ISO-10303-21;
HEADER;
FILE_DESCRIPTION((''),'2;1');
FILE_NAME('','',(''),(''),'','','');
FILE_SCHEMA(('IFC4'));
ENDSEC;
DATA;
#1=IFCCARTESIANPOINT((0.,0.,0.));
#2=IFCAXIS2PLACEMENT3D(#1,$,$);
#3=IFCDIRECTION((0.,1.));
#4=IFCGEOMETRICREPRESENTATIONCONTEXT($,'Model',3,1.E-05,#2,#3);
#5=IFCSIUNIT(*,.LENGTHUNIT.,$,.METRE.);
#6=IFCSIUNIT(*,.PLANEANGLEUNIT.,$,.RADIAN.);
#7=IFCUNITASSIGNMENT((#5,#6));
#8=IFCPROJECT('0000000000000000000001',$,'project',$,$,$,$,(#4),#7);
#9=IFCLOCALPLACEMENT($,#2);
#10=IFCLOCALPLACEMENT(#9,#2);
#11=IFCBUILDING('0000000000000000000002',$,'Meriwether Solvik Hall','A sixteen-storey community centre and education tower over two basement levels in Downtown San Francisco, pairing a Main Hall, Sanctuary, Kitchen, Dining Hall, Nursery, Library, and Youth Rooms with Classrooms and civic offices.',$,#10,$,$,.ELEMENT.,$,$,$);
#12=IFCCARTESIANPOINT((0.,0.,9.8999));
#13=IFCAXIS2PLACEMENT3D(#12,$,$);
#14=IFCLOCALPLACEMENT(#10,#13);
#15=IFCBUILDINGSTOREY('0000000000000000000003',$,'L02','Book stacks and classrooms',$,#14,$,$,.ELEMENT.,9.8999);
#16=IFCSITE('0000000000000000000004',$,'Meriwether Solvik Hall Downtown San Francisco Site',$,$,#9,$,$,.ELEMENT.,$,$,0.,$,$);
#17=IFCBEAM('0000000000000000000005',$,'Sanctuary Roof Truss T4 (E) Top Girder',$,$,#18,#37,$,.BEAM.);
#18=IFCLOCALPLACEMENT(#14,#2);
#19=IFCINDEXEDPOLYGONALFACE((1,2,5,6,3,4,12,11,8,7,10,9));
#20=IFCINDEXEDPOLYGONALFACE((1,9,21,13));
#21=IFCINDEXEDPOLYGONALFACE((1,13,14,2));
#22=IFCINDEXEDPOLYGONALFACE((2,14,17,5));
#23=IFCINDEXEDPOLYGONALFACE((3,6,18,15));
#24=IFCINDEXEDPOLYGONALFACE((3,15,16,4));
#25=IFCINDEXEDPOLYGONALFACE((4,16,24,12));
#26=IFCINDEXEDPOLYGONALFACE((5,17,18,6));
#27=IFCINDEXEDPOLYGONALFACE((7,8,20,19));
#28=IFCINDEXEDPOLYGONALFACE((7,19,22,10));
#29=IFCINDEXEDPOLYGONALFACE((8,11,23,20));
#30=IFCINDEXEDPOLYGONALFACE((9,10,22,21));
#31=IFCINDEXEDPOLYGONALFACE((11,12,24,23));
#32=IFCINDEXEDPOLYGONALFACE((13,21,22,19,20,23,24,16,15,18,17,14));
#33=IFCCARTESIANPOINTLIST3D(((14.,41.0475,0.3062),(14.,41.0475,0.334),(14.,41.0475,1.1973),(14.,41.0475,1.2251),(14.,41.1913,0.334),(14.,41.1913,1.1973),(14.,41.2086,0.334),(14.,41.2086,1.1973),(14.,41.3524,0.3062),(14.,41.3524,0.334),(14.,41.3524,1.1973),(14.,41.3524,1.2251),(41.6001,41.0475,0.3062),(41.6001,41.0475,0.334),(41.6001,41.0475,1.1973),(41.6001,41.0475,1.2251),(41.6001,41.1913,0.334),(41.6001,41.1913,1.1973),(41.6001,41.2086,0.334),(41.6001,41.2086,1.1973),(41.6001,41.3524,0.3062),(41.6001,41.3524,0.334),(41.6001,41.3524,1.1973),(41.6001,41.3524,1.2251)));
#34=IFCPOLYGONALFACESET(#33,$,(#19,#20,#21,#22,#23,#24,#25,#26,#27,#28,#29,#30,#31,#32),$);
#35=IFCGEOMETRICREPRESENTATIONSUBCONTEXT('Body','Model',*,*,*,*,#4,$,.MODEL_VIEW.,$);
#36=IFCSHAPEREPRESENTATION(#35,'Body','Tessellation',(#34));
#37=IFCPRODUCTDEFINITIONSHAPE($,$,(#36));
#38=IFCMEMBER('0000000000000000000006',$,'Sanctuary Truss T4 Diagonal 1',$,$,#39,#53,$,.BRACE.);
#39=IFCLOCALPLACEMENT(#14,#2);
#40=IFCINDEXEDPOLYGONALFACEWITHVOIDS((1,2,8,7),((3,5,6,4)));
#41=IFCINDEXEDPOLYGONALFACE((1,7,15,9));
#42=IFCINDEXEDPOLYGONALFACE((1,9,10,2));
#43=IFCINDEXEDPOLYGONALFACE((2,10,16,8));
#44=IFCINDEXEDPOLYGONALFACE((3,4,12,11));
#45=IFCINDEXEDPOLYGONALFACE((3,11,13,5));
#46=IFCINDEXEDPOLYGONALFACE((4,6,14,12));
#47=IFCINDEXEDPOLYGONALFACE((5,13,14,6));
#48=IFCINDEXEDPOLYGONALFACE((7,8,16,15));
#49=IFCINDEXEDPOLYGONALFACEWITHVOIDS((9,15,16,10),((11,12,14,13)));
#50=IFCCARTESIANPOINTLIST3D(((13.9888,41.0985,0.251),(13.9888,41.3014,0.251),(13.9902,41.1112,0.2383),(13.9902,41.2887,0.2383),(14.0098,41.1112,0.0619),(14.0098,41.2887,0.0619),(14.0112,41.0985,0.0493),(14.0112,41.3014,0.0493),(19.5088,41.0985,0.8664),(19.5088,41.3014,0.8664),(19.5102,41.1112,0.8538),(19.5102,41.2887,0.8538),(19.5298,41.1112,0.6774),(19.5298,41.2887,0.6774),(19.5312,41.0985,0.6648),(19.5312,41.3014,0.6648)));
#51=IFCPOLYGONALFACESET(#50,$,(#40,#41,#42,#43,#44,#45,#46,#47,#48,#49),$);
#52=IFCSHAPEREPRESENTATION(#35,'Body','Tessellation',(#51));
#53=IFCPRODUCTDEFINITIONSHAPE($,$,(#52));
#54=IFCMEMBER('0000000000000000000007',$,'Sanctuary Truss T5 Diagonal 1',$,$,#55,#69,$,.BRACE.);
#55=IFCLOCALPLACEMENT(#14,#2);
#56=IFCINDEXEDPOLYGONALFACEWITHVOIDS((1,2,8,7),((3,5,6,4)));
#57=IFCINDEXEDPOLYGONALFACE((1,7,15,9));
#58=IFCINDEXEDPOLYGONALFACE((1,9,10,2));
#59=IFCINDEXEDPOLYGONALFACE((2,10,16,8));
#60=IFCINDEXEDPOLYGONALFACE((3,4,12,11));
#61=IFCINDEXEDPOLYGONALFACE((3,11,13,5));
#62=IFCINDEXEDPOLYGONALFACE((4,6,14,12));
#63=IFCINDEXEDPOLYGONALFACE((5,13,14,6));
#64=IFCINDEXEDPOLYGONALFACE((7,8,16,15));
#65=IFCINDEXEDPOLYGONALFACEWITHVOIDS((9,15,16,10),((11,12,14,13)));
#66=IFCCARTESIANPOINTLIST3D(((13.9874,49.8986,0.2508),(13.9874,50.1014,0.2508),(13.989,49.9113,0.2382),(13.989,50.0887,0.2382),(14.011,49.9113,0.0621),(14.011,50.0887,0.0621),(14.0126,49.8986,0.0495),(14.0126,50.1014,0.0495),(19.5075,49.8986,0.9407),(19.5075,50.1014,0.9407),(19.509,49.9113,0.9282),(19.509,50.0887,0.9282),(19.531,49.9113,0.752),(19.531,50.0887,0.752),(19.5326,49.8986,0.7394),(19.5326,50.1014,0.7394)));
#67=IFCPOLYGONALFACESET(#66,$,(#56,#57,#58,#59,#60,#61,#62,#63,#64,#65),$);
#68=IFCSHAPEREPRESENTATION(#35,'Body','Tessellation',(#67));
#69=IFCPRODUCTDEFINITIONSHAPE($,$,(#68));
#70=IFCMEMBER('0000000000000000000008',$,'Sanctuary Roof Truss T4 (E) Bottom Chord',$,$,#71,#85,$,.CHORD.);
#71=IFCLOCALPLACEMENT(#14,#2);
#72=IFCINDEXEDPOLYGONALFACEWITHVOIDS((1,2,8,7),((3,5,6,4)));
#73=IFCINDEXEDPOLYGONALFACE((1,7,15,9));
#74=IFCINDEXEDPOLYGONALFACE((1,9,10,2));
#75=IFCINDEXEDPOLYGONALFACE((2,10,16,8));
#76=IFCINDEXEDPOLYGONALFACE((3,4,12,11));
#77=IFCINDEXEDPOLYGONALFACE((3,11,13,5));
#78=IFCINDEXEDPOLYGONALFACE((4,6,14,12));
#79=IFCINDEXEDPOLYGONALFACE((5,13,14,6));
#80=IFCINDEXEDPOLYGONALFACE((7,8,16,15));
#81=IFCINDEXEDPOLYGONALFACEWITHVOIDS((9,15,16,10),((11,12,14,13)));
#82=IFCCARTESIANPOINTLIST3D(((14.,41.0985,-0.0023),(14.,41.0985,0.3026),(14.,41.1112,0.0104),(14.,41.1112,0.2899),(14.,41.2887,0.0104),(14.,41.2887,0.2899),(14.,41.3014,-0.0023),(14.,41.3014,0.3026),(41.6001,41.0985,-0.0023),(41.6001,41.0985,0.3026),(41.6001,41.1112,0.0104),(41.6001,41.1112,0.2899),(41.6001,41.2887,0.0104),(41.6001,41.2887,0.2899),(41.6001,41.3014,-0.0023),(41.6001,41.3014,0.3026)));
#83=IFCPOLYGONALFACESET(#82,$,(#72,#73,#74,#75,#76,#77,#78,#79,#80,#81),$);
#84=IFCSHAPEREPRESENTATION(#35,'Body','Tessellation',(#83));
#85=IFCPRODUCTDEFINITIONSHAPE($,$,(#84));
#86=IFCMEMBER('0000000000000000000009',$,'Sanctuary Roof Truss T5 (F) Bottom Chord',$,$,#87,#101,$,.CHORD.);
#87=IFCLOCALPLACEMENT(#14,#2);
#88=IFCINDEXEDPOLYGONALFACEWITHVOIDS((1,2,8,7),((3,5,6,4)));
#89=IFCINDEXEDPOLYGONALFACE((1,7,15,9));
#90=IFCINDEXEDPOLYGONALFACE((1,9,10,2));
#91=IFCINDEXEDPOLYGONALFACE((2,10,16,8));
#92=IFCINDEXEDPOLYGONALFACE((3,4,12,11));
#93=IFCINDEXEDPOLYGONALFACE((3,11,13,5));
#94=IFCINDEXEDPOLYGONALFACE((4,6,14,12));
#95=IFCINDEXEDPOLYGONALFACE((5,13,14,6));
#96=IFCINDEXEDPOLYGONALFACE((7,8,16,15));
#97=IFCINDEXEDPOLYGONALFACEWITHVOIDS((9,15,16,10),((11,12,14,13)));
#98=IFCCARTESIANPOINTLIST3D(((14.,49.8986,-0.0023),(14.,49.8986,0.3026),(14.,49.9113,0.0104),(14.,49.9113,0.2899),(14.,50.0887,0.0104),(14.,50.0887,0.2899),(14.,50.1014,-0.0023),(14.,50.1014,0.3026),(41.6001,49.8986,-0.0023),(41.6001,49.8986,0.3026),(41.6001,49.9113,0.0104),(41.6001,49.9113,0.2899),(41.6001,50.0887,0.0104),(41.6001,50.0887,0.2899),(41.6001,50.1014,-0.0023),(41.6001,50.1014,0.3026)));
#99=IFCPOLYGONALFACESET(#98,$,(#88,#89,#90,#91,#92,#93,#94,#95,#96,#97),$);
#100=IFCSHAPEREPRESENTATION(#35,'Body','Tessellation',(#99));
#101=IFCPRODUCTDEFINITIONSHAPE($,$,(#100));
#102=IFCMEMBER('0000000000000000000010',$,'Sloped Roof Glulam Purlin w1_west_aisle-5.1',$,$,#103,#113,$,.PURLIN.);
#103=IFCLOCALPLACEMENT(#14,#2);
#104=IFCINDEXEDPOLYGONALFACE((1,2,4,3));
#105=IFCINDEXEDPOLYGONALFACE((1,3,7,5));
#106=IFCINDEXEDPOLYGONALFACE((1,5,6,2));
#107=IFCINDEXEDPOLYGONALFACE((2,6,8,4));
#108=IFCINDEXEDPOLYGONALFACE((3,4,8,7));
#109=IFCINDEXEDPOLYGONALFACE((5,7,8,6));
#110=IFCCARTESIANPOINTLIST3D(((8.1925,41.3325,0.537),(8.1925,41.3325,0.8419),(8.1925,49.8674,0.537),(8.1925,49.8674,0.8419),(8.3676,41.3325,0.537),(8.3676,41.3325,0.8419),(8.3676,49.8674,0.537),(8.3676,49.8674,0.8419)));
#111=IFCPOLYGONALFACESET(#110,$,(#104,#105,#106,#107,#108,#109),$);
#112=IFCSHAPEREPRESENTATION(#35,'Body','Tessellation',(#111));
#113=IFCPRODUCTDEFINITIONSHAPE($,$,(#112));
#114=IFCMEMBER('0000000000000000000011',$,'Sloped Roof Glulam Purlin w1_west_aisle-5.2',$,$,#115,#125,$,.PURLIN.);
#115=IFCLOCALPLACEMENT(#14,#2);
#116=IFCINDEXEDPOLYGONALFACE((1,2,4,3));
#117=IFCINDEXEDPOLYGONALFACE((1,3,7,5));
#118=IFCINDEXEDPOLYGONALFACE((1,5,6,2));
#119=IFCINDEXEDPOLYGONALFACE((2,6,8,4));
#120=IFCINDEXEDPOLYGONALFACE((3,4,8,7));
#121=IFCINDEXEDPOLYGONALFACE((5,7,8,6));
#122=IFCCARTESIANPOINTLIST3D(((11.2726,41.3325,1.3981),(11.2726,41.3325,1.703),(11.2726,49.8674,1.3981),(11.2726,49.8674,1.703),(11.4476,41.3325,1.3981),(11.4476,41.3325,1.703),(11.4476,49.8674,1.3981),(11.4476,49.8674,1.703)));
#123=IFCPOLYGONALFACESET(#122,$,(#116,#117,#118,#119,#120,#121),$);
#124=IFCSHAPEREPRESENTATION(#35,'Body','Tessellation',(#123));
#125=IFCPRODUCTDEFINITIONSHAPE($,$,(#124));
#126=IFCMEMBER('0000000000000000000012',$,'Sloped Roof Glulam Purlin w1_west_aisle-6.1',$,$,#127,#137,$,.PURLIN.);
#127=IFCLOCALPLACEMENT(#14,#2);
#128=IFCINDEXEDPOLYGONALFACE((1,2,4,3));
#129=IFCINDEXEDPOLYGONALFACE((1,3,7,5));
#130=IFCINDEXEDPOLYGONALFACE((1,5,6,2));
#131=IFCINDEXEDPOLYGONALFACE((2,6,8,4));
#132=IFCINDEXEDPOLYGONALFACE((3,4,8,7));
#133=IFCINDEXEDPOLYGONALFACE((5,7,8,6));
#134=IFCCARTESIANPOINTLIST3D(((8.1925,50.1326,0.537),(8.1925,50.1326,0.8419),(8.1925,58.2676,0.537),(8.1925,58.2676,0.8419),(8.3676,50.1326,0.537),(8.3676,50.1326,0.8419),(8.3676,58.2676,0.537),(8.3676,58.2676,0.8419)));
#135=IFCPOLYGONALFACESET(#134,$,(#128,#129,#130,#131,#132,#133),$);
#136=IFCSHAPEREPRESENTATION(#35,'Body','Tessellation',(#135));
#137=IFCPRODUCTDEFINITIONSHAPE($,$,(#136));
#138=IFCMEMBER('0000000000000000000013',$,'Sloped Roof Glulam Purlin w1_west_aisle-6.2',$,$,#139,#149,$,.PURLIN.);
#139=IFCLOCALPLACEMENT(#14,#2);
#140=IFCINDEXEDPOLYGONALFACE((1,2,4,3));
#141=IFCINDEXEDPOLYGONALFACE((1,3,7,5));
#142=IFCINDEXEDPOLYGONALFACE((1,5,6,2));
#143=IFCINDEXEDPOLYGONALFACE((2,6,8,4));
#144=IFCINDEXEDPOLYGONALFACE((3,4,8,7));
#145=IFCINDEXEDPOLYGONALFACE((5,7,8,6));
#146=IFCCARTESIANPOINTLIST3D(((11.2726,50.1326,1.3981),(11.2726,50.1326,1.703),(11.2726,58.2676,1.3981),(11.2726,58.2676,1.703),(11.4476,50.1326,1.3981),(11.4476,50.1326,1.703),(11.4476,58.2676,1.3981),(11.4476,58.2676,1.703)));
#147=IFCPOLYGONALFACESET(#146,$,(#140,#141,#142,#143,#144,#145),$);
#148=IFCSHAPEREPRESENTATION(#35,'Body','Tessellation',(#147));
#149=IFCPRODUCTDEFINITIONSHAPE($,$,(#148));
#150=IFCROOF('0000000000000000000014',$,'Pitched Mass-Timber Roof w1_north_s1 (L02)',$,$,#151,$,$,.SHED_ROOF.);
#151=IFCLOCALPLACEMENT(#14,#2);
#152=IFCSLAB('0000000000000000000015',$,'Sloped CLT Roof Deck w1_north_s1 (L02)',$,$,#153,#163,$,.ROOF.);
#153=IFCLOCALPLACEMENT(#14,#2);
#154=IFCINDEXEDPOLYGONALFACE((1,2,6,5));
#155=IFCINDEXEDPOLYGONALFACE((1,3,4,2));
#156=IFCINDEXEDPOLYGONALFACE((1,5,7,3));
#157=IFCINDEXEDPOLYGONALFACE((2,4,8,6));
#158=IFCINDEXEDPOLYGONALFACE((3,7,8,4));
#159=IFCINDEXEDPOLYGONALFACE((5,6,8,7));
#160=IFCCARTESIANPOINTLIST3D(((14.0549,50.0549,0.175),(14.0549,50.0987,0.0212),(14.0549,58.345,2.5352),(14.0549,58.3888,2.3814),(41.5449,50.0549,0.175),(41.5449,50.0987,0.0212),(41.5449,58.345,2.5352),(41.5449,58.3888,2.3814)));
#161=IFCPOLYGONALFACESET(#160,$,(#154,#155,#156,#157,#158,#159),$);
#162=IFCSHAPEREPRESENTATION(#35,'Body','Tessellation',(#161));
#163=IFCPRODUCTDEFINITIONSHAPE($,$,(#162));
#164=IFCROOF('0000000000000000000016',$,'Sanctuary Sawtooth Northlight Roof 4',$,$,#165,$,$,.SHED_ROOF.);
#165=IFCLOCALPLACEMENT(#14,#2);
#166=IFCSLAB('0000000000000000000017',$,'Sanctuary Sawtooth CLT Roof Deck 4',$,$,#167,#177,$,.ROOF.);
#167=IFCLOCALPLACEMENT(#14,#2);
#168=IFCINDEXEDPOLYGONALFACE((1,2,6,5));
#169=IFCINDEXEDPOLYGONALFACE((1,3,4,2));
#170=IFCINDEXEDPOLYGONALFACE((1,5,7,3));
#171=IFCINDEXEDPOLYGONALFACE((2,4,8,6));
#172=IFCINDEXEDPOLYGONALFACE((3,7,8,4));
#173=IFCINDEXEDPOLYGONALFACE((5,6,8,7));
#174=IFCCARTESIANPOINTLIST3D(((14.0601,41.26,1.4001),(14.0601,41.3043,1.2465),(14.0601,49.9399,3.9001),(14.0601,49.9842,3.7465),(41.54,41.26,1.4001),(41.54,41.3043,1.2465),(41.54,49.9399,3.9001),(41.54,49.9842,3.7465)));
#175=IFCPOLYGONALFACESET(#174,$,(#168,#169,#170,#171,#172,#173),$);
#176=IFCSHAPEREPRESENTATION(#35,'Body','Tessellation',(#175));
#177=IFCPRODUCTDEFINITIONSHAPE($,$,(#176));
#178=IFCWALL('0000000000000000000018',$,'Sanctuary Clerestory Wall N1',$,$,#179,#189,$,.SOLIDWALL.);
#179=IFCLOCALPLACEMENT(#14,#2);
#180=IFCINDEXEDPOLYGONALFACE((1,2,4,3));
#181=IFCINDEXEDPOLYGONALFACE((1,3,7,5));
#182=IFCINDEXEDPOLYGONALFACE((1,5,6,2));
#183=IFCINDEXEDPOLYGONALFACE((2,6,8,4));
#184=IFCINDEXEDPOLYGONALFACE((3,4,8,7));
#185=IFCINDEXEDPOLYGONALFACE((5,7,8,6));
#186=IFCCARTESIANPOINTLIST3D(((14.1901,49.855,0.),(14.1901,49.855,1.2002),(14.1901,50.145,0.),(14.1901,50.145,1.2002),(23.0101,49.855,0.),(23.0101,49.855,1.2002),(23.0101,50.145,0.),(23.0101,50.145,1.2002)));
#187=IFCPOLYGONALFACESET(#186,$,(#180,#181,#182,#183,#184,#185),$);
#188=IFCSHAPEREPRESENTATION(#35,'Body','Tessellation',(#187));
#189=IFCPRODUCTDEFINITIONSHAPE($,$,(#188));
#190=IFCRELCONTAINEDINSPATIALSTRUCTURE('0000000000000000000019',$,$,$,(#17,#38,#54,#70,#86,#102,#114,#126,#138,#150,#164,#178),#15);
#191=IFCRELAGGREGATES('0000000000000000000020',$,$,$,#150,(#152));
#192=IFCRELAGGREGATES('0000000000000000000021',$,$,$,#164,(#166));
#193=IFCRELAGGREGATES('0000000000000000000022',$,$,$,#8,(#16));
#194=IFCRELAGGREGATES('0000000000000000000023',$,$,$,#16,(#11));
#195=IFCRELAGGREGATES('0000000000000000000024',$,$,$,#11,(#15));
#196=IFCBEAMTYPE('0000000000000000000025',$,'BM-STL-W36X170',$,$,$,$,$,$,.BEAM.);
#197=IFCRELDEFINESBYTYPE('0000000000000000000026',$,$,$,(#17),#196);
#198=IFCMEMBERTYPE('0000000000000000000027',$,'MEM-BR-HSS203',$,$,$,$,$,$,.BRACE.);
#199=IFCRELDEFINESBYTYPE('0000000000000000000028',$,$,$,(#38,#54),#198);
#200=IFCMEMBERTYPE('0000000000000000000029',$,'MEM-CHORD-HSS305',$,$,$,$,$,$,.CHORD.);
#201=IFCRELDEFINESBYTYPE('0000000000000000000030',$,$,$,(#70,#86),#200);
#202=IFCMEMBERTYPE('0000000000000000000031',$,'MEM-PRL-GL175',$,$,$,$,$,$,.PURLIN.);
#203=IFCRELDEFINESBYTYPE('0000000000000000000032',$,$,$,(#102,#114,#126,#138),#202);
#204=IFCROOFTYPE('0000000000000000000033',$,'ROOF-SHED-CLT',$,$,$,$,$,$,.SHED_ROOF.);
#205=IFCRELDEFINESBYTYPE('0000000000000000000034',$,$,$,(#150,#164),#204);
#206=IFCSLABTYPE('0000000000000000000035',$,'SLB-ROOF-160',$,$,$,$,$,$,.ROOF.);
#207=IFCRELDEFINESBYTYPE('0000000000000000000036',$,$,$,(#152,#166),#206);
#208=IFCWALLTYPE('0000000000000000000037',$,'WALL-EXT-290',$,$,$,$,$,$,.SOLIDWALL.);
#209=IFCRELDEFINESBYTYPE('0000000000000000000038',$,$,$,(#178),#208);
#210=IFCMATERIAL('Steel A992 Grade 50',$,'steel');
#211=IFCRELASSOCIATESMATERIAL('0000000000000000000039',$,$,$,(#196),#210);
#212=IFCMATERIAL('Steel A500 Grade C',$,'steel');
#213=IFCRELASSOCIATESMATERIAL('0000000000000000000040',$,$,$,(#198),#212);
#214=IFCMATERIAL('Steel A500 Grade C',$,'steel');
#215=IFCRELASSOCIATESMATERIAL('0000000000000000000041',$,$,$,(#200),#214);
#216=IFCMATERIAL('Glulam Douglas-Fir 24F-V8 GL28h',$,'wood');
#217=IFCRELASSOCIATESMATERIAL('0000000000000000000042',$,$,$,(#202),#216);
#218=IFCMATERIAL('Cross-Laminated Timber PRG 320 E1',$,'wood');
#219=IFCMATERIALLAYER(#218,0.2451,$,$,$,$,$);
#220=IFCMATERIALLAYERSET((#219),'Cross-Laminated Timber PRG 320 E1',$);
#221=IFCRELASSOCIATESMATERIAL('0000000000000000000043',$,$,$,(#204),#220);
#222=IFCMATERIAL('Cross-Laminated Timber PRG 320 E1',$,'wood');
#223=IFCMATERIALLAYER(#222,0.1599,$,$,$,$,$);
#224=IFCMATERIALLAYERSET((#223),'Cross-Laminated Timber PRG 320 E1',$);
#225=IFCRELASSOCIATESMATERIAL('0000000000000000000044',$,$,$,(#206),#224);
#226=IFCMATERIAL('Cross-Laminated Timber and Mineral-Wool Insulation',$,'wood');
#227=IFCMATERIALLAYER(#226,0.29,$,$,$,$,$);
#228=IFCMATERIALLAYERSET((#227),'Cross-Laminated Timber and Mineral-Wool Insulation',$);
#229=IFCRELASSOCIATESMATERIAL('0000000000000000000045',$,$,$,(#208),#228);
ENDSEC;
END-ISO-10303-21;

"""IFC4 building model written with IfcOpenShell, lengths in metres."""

from ifc_helpers import new_model, si_unit, direction, frame, frame_2d, origin, origin_2d, place, context, subcontext, project, spatial, polyline, rectangle, hollow_rectangle, i_section, outline, extrude, material, layer, layer_set, material_profile, profile_set, type_object, element, aggregate, save


model = new_model("IFC4")

# Units and contexts
model_context = context("Model", 3, precision=1e-05, world=origin(), true_north=direction((0.0, 1.0)))
body_context = subcontext(model_context, "Body", "Model", "MODEL_VIEW")
ifc_project = project(units=[si_unit("LENGTHUNIT", "METRE"), si_unit("PLANEANGLEUNIT", "RADIAN")], contexts=[model_context])

# Site, building, storey
site_placement = place(None, origin())
site = spatial("IfcSite", under=ifc_project, at=site_placement, Name="Meriwether Solvik Hall Downtown San Francisco Site", CompositionType="ELEMENT", RefElevation=0.0)
building_placement = place(site_placement, origin())
building = spatial("IfcBuilding", under=site, at=building_placement, Name="Meriwether Solvik Hall", Description="A sixteen-storey community centre and education tower over two basement levels in Downtown San Francisco, pairing a Main Hall, Sanctuary, Kitchen, Dining Hall, Nursery, Library, and Youth Rooms with Classrooms and civic offices.", CompositionType="ELEMENT")
storey_placement = place(building_placement, frame((0.0, 0.0, 9.8999)))
storey = spatial("IfcBuildingStorey", under=building, at=storey_placement, Name="L02", Description="Book stacks and classrooms", CompositionType="ELEMENT", Elevation=9.8999)

# Beam
ifc_material_1 = material(Name="Steel A992 Grade 50", Category="steel")
ifc_material_profile_1 = material_profile(ifc_material_1, i_section(OverallWidth=0.3049, OverallDepth=0.9189, WebThickness=0.0173, FlangeThickness=0.0278, at=origin_2d()), Name="W36X170")
ifc_profile_set_1 = profile_set([ifc_material_profile_1], Name="Steel A992 Grade 50")
beam_type_1 = type_object("IfcBeamType", Name="BM-STL-W36X170", PredefinedType="BEAM", material=ifc_profile_set_1)
beam_1_placement = place(storey_placement, frame((14.0, 41.2, 0.7656), z_axis=(1.0, 0.0, 0.0), x_axis=(0.0, 1.0, 0.0)))
element("IfcBeam", 1, at=beam_1_placement, inside=storey, type_object=beam_type_1, Name="Sanctuary Roof Truss T4 (E) Top Girder", PredefinedType="BEAM", context=body_context, shape_type="SweptSolid", body=[
    extrude(i_section(OverallWidth=0.3049, OverallDepth=0.9189, WebThickness=0.0173, FlangeThickness=0.0278, at=origin_2d()), origin(), (0.0, 0.0, 1.0), 27.6001),
])

# Members
ifc_material_2 = material(Name="Steel A500 Grade C", Category="steel")
ifc_material_profile_2 = material_profile(ifc_material_2, hollow_rectangle(XDim=0.2029, YDim=0.2029, WallThickness=0.0127, at=origin_2d()), Name="HSS203X203X12.7")
ifc_profile_set_2 = profile_set([ifc_material_profile_2], Name="Steel A500 Grade C")
member_type_1 = type_object("IfcMemberType", Name="MEM-BR-HSS203", PredefinedType="BRACE", material=ifc_profile_set_2)
member_1_placement = place(storey_placement, frame((14.0, 41.2, 0.1501), z_axis=(0.993841, 0.0, 0.110813), x_axis=(0.0, 1.0, 0.0)))
element("IfcMember", 2, at=member_1_placement, inside=storey, type_object=member_type_1, Name="Sanctuary Truss T4 Diagonal 1", PredefinedType="BRACE", context=body_context, shape_type="SweptSolid", body=[
    extrude(hollow_rectangle(XDim=0.2029, YDim=0.2029, WallThickness=0.0127, at=origin_2d()), origin(), (0.0, 0.0, 1.0), 5.5542),
])
member_2_placement = place(storey_placement, frame((14.0, 50.0, 0.1501), z_axis=(0.992279, 0.0, 0.124024), x_axis=(0.0, 1.0, 0.0)))
element("IfcMember", 3, at=member_2_placement, inside=storey, type_object=member_type_1, Name="Sanctuary Truss T5 Diagonal 1", PredefinedType="BRACE", context=body_context, shape_type="SweptSolid", body=[
    extrude(hollow_rectangle(XDim=0.2029, YDim=0.2029, WallThickness=0.0127, at=origin_2d()), origin(), (0.0, 0.0, 1.0), 5.563),
])
ifc_material_3 = material(Name="Steel A500 Grade C", Category="steel")
ifc_material_profile_3 = material_profile(ifc_material_3, hollow_rectangle(XDim=0.2029, YDim=0.3049, WallThickness=0.0127, at=origin_2d()), Name="HSS305X203X12.7")
ifc_profile_set_3 = profile_set([ifc_material_profile_3], Name="Steel A500 Grade C")
member_type_2 = type_object("IfcMemberType", Name="MEM-CHORD-HSS305", PredefinedType="CHORD", material=ifc_profile_set_3)
for number, where, z_axis, x_axis, name in (
    (4, (14.0, 41.2, 0.1501), (1.0, 0.0, 0.0), (0.0, 1.0, 0.0), "Sanctuary Roof Truss T4 (E) Bottom Chord"),
    (5, (14.0, 50.0, 0.1501), (1.0, 0.0, 0.0), (0.0, 1.0, 0.0), "Sanctuary Roof Truss T5 (F) Bottom Chord"),
):
    element("IfcMember", number, at=place(storey_placement, frame(where, z_axis=z_axis, x_axis=x_axis)), inside=storey, type_object=member_type_2, Name=name, PredefinedType="CHORD", context=body_context, shape_type="SweptSolid", body=[
        extrude(hollow_rectangle(XDim=0.2029, YDim=0.3049, WallThickness=0.0127, at=origin_2d()), origin(), (0.0, 0.0, 1.0), 27.6001),
    ])
ifc_material_4 = material(Name="Glulam Douglas-Fir 24F-V8 GL28h", Category="wood")
ifc_material_profile_4 = material_profile(ifc_material_4, rectangle(XDim=0.175, YDim=0.3049, at=origin_2d()), Name="GLM-175X305")
ifc_profile_set_4 = profile_set([ifc_material_profile_4], Name="Glulam Douglas-Fir 24F-V8 GL28h")
member_type_3 = type_object("IfcMemberType", Name="MEM-PRL-GL175", PredefinedType="PURLIN", material=ifc_profile_set_4)
for number, where, z_axis, x_axis, name in (
    (6, (8.28, 41.3325, 0.6895), (0.0, 1.0, 0.0), (-1.0, 0.0, 0.0), "Sloped Roof Glulam Purlin w1_west_aisle-5.1"),
    (7, (11.3601, 41.3325, 1.5505), (0.0, 1.0, 0.0), (-1.0, 0.0, 0.0), "Sloped Roof Glulam Purlin w1_west_aisle-5.2"),
):
    element("IfcMember", number, at=place(storey_placement, frame(where, z_axis=z_axis, x_axis=x_axis)), inside=storey, type_object=member_type_3, Name=name, PredefinedType="PURLIN", context=body_context, shape_type="SweptSolid", body=[
        extrude(rectangle(XDim=0.175, YDim=0.3049, at=origin_2d()), origin(), (0.0, 0.0, 1.0), 8.5349),
    ])
for number, where, z_axis, x_axis, name in (
    (8, (8.28, 50.1326, 0.6895), (0.0, 1.0, 0.0), (-1.0, 0.0, 0.0), "Sloped Roof Glulam Purlin w1_west_aisle-6.1"),
    (9, (11.3601, 50.1326, 1.5505), (0.0, 1.0, 0.0), (-1.0, 0.0, 0.0), "Sloped Roof Glulam Purlin w1_west_aisle-6.2"),
):
    element("IfcMember", number, at=place(storey_placement, frame(where, z_axis=z_axis, x_axis=x_axis)), inside=storey, type_object=member_type_3, Name=name, PredefinedType="PURLIN", context=body_context, shape_type="SweptSolid", body=[
        extrude(rectangle(XDim=0.175, YDim=0.3049, at=origin_2d()), origin(), (0.0, 0.0, 1.0), 8.135),
    ])

# Roofs, slabs
ifc_material_5 = material(Name="Cross-Laminated Timber PRG 320 E1", Category="wood")
ifc_layer_1 = layer(ifc_material_5, 0.2451)
ifc_layer_set_1 = layer_set([ifc_layer_1], Name="Cross-Laminated Timber PRG 320 E1")
roof_type = type_object("IfcRoofType", Name="ROOF-SHED-CLT", PredefinedType="SHED_ROOF", material=ifc_layer_set_1)
roof_1_placement = place(storey_placement, origin())
roof_1 = element("IfcRoof", 10, at=roof_1_placement, inside=storey, type_object=roof_type, Name="Pitched Mass-Timber Roof w1_north_s1 (L02)", PredefinedType="SHED_ROOF")
ifc_material_6 = material(Name="Cross-Laminated Timber PRG 320 E1", Category="wood")
ifc_layer_2 = layer(ifc_material_6, 0.1599)
ifc_layer_set_2 = layer_set([ifc_layer_2], Name="Cross-Laminated Timber PRG 320 E1")
slab_type = type_object("IfcSlabType", Name="SLB-ROOF-160", PredefinedType="ROOF", material=ifc_layer_set_2)
slab_1_placement = place(storey_placement, frame((14.0549, 50.0549, 0.175), z_axis=(0.0, -0.273812, 0.961783), x_axis=(1.0, 0.0, 0.0)))
slab_1 = element("IfcSlab", 11, at=slab_1_placement, type_object=slab_type, Name="Sloped CLT Roof Deck w1_north_s1 (L02)", PredefinedType="ROOF", context=body_context, shape_type="SweptSolid", body=[
    extrude(outline(polyline([(0.0, 0.0), (27.49, 0.0), (27.49, 8.6194), (0.0, 8.6194), (0.0, 0.0)])), origin(), (0.0, 0.0, -1.0), 0.1599),
])
aggregate(roof_1, [slab_1])
roof_2_placement = place(storey_placement, origin())
roof_2 = element("IfcRoof", 12, at=roof_2_placement, inside=storey, type_object=roof_type, Name="Sanctuary Sawtooth Northlight Roof 4", PredefinedType="SHED_ROOF")
slab_2_placement = place(storey_placement, frame((14.0601, 41.26, 1.4001), z_axis=(0.0, -0.27677, 0.960936), x_axis=(1.0, 0.0, 0.0)))
slab_2 = element("IfcSlab", 13, at=slab_2_placement, type_object=slab_type, Name="Sanctuary Sawtooth CLT Roof Deck 4", PredefinedType="ROOF", context=body_context, shape_type="SweptSolid", body=[
    extrude(outline(polyline([(0.0, 0.0), (27.48, 0.0), (27.48, 9.0328), (0.0, 9.0328), (0.0, 0.0)])), origin(), (0.0, 0.0, -1.0), 0.1599),
])
aggregate(roof_2, [slab_2])

# Wall
ifc_material_7 = material(Name="Cross-Laminated Timber and Mineral-Wool Insulation", Category="wood")
ifc_layer_3 = layer(ifc_material_7, 0.29)
ifc_layer_set_3 = layer_set([ifc_layer_3], Name="Cross-Laminated Timber and Mineral-Wool Insulation")
wall_type = type_object("IfcWallType", Name="WALL-EXT-290", PredefinedType="SOLIDWALL", material=ifc_layer_set_3)
wall_placement = place(storey_placement, frame((14.1899, 50.0, 0.0), z_axis=(0.0, 0.0, 1.0), x_axis=(1.0, 0.0, 0.0)))
element("IfcWall", 14, at=wall_placement, inside=storey, type_object=wall_type, Name="Sanctuary Clerestory Wall N1", PredefinedType="SOLIDWALL", context=body_context, shape_type="SweptSolid", body=[
    extrude(rectangle(XDim=8.8201, YDim=0.29, at=frame_2d((4.4102, 0.0))), origin(), (0.0, 0.0, 1.0), 1.2002),
])

save(model, "model.ifc")
